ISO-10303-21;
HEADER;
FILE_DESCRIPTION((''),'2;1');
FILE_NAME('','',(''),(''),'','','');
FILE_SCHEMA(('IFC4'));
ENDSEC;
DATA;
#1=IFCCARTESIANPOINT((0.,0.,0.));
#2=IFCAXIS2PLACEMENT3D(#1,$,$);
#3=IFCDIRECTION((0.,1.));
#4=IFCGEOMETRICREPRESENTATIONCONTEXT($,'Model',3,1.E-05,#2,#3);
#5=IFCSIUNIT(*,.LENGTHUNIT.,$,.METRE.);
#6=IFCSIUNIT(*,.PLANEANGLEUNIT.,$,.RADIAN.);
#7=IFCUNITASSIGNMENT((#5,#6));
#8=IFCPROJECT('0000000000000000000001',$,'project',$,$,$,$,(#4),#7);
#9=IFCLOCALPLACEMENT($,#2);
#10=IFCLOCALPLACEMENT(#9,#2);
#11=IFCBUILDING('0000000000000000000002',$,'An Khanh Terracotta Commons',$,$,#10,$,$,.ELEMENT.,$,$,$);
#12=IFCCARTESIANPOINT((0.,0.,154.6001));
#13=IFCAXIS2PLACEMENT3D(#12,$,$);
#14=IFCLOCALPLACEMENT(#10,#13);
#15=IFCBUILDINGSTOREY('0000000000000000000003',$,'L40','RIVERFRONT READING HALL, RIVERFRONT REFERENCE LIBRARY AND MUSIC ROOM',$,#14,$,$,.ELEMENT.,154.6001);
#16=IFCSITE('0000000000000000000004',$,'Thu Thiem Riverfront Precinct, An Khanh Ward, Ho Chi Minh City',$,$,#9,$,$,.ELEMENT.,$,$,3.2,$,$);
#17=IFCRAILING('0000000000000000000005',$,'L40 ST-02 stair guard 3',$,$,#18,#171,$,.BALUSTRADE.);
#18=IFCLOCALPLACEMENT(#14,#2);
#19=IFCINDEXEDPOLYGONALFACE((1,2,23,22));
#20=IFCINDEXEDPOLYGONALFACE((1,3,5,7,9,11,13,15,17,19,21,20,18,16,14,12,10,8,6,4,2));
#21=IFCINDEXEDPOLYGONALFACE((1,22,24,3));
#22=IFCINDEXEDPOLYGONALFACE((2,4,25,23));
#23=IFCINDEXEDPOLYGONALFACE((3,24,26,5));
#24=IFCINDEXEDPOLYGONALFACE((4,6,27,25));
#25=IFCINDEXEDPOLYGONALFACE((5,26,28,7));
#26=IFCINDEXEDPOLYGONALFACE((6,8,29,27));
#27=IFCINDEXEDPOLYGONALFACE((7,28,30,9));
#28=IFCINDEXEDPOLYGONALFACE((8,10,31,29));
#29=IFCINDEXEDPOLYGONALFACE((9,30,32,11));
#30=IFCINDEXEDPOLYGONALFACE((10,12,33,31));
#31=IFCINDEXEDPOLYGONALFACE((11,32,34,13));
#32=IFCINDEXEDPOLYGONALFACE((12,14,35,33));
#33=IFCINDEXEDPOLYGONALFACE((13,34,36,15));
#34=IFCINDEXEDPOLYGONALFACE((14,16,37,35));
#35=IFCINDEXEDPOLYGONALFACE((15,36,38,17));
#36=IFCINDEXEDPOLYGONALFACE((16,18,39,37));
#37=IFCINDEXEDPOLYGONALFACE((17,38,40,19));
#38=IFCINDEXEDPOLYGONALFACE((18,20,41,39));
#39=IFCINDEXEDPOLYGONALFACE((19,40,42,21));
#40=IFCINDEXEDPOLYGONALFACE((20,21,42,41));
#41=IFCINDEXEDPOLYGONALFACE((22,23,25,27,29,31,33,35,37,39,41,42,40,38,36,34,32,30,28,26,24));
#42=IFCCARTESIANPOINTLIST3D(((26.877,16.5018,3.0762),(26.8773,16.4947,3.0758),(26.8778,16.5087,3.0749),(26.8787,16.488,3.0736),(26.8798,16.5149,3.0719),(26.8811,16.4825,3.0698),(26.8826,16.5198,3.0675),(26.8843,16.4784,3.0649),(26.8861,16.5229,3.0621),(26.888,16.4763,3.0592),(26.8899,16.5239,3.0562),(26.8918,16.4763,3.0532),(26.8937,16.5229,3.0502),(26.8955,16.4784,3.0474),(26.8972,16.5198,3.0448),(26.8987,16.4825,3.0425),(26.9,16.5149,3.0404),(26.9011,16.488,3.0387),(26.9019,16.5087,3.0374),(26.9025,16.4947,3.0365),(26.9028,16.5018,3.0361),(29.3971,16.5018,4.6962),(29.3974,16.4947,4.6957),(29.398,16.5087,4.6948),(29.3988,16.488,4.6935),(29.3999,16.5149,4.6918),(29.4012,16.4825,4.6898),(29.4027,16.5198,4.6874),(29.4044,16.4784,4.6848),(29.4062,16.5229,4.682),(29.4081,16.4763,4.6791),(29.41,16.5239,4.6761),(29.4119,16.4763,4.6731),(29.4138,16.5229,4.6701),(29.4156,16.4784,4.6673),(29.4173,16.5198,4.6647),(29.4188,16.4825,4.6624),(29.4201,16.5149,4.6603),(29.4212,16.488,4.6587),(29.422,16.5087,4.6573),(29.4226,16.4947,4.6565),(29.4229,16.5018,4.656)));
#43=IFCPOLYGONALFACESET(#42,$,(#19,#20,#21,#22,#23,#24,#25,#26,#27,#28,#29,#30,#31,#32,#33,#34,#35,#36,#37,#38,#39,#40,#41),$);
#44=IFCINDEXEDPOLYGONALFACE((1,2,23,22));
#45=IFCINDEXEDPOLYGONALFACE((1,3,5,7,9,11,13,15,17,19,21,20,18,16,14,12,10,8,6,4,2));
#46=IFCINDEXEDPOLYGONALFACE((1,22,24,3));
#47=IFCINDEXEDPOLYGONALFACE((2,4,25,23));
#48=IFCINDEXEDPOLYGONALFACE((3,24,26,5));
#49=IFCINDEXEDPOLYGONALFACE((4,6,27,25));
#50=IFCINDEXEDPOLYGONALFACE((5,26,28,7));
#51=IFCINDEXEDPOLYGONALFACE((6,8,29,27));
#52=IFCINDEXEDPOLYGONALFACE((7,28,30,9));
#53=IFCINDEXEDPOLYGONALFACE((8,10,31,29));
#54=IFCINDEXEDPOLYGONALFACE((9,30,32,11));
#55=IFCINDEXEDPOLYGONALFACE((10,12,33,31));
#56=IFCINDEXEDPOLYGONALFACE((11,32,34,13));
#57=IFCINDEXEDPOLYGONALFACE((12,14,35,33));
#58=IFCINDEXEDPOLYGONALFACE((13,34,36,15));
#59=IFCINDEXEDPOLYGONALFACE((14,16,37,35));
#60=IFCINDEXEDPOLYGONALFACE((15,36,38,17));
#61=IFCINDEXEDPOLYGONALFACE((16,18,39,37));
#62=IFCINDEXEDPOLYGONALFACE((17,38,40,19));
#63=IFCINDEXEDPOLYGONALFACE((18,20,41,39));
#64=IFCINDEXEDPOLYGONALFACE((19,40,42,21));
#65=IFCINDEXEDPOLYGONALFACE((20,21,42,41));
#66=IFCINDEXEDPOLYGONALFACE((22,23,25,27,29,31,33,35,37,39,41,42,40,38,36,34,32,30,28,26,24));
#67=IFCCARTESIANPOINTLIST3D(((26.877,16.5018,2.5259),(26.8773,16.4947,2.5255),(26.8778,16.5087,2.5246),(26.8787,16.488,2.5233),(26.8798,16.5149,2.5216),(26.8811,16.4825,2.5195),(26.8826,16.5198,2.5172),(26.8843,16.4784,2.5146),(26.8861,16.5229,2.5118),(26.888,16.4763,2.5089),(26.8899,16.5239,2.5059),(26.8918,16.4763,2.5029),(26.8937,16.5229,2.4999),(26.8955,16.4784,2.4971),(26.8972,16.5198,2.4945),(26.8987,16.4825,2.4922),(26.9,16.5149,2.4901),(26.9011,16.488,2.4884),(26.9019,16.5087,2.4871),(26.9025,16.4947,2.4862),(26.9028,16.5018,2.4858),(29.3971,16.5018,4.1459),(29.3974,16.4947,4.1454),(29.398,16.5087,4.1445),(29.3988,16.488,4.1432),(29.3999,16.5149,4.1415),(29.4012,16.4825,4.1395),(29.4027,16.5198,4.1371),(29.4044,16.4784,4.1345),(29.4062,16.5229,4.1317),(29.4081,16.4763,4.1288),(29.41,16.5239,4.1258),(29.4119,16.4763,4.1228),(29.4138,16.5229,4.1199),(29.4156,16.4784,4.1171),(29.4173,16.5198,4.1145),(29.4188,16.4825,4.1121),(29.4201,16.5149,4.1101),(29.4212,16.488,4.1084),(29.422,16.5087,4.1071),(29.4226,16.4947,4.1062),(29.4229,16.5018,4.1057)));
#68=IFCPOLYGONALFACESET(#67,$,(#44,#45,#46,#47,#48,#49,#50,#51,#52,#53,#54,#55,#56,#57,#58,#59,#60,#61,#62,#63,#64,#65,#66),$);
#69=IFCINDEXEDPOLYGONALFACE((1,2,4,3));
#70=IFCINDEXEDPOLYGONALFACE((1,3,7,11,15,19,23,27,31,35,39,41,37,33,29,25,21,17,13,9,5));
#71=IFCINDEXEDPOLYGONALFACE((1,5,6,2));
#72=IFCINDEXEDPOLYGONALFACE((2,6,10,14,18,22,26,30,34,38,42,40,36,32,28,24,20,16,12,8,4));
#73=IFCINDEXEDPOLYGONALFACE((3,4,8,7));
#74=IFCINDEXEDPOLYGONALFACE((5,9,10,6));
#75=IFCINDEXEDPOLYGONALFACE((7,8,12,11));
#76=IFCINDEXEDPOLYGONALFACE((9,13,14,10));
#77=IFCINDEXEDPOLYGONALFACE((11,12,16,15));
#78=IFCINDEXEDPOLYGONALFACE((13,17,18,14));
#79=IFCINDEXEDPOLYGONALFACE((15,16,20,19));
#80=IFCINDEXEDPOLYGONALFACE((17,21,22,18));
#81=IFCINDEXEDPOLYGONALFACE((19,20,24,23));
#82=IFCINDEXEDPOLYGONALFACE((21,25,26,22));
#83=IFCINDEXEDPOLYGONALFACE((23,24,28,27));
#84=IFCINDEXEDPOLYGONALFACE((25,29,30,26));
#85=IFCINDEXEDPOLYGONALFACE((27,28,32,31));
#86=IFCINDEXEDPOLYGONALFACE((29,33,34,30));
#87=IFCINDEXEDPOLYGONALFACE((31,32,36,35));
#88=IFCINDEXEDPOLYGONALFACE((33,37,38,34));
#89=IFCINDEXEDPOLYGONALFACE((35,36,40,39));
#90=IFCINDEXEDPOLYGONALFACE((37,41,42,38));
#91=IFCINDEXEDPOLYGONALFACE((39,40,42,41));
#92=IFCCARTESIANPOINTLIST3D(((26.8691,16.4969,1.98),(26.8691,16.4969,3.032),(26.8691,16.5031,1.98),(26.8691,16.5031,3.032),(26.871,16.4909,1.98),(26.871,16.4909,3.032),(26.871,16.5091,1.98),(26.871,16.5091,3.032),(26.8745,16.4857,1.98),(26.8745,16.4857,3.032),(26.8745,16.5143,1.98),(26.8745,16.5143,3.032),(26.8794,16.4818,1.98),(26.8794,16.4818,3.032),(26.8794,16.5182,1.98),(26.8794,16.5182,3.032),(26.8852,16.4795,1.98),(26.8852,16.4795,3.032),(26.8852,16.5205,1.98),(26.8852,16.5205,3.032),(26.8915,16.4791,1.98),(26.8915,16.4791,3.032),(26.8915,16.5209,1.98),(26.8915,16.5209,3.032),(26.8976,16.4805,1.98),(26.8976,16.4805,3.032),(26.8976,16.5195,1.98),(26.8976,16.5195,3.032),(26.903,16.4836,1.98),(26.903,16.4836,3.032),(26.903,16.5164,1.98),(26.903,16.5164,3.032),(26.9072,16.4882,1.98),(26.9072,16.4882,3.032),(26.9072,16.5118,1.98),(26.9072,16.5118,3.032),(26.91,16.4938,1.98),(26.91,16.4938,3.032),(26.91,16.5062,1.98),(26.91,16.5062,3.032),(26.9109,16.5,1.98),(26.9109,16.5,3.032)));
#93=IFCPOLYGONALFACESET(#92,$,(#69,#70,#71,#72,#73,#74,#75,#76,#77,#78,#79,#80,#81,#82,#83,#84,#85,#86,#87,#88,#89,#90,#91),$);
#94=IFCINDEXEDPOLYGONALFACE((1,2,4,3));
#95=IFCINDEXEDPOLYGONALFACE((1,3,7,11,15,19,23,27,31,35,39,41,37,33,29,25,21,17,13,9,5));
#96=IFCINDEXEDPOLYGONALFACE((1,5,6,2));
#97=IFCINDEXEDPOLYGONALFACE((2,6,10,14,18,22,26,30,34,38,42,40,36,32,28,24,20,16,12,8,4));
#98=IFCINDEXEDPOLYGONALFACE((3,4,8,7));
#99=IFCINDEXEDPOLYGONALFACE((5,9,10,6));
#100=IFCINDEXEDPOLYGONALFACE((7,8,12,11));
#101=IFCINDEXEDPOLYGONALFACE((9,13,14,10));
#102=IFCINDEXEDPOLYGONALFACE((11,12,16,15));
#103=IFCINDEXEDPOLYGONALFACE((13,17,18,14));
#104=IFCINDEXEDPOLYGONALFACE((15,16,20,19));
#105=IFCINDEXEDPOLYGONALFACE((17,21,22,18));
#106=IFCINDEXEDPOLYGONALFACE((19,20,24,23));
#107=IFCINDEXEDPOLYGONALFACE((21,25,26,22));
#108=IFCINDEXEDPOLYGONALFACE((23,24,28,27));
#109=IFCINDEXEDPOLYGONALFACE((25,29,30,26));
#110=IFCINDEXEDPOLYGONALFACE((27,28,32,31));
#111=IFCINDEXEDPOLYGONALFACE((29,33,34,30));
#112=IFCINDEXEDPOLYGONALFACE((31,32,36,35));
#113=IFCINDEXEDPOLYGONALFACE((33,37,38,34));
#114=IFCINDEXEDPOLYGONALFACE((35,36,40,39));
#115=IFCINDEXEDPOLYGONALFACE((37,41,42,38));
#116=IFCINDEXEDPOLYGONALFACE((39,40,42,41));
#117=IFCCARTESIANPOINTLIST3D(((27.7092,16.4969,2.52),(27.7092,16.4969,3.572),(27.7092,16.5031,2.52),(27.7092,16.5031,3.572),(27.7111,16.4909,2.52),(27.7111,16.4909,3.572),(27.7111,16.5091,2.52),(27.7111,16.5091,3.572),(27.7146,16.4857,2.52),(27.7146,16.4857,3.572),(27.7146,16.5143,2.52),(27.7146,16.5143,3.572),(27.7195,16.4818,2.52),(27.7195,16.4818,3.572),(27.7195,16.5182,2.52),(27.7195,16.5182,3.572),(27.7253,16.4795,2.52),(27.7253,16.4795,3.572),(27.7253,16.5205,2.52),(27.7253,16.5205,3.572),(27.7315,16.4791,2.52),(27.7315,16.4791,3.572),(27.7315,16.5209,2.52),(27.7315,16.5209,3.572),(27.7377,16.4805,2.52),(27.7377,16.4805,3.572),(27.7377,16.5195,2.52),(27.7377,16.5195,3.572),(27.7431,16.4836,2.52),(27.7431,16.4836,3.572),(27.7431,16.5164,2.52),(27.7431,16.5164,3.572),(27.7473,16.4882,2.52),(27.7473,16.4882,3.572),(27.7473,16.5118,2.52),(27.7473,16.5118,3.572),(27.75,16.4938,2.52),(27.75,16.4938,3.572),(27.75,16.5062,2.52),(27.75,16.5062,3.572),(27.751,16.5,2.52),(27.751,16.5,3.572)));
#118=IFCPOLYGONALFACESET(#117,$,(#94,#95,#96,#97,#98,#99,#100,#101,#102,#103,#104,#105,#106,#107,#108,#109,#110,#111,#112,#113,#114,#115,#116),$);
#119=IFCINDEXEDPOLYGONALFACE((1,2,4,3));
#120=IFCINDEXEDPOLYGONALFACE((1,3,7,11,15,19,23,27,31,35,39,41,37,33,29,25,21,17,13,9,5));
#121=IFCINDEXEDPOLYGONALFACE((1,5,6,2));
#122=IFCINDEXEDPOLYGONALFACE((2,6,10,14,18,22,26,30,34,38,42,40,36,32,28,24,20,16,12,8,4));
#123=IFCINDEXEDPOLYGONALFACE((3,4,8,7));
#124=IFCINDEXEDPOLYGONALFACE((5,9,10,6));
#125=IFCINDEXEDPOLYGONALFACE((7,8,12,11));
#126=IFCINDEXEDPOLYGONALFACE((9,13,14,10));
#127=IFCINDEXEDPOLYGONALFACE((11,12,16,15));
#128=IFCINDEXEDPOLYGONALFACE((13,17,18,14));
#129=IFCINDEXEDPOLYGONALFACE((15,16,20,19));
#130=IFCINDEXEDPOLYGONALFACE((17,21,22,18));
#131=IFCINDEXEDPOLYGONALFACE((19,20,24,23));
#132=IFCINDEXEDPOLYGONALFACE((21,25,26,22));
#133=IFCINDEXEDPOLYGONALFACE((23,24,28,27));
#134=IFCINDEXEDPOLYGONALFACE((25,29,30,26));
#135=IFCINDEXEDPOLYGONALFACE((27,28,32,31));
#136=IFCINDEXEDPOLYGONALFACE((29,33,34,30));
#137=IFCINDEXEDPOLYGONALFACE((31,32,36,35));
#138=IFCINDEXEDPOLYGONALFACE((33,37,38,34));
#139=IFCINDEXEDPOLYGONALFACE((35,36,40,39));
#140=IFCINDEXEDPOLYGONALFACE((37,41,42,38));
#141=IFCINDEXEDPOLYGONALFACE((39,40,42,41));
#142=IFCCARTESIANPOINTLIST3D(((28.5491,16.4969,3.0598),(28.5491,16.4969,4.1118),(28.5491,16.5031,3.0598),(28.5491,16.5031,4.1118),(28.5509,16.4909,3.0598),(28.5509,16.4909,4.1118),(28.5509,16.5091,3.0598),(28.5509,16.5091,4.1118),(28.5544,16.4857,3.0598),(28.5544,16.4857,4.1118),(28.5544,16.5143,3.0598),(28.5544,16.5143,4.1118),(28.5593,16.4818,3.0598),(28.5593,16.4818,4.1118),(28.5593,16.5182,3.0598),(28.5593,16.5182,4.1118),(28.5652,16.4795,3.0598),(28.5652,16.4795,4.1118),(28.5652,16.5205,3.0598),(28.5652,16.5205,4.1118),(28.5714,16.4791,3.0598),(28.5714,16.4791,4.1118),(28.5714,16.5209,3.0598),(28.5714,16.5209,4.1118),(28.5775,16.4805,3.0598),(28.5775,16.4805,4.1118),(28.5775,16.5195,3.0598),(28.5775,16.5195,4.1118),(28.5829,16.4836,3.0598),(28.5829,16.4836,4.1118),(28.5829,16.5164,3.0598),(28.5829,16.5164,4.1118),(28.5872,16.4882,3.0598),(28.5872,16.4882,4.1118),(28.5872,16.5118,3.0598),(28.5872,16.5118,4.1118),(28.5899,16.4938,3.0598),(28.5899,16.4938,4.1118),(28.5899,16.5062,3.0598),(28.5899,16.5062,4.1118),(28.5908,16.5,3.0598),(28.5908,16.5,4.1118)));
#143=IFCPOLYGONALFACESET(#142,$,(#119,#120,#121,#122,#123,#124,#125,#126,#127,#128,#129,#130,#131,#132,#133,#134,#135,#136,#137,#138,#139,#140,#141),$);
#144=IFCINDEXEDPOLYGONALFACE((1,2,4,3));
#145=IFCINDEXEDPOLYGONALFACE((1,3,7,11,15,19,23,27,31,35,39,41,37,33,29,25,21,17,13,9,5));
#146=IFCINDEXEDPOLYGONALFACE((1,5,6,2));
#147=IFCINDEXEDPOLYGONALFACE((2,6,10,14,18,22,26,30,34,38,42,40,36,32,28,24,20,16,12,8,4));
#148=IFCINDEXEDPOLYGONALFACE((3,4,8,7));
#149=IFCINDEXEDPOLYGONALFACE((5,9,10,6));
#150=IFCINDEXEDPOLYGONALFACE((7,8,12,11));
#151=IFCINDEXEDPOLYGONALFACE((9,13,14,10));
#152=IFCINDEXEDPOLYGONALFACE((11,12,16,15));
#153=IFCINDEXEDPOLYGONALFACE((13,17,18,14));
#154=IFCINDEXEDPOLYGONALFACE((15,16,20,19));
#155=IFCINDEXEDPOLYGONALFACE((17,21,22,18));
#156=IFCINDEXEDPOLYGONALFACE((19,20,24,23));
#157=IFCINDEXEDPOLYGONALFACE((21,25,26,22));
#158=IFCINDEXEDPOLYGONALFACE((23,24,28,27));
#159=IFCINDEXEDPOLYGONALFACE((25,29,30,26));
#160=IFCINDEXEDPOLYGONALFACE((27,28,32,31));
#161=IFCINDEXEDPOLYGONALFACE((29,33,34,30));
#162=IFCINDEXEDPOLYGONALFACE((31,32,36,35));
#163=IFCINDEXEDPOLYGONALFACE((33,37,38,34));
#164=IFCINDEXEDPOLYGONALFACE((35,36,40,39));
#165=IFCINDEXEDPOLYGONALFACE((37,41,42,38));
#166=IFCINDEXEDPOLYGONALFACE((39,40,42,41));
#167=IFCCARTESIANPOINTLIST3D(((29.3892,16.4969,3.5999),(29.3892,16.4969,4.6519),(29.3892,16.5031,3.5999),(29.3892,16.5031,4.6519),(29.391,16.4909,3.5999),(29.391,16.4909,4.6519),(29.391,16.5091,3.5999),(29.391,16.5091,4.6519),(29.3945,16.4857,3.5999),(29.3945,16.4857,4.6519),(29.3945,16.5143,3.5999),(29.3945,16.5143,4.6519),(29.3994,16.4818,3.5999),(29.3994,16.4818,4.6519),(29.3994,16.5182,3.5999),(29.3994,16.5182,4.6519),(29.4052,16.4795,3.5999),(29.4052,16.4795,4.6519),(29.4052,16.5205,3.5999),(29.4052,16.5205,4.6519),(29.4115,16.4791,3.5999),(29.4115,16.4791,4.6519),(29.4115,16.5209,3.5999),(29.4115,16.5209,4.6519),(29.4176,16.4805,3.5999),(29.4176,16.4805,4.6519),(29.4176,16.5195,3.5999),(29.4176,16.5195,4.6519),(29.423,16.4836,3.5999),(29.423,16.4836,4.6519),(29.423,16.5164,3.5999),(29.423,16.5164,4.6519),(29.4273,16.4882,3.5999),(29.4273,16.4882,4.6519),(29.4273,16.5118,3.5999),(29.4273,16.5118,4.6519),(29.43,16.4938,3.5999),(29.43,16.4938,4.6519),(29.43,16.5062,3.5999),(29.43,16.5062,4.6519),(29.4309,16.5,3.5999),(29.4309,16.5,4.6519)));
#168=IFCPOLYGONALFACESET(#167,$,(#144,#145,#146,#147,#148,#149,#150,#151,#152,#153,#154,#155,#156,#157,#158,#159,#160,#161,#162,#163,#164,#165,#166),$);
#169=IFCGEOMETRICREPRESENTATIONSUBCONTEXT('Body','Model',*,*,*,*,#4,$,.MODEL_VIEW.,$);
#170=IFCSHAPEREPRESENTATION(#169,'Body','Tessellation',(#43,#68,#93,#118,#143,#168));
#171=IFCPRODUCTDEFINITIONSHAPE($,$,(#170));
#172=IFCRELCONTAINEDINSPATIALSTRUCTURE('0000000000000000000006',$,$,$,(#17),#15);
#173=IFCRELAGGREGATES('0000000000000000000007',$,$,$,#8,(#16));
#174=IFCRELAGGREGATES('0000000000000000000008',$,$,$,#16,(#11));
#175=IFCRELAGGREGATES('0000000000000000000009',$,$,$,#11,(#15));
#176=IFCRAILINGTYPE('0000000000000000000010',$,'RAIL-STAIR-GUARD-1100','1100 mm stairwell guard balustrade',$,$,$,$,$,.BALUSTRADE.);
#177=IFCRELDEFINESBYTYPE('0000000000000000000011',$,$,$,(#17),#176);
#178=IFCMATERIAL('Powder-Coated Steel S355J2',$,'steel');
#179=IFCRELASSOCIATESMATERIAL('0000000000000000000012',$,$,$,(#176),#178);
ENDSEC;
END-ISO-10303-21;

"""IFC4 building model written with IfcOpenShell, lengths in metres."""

from ifc_helpers import new_model, si_unit, direction, frame, origin, origin_2d, place, context, subcontext, project, spatial, circle, extrude, material, type_object, element, save


model = new_model("IFC4")

# Units and contexts
model_context = context("Model", 3, precision=1e-05, world=origin(), true_north=direction((0.0, 1.0)))
body_context = subcontext(model_context, "Body", "Model", "MODEL_VIEW")
ifc_project = project(units=[si_unit("LENGTHUNIT", "METRE"), si_unit("PLANEANGLEUNIT", "RADIAN")], contexts=[model_context])

# Site, building, storey
site_placement = place(None, origin())
site = spatial("IfcSite", under=ifc_project, at=site_placement, Name="Thu Thiem Riverfront Precinct, An Khanh Ward, Ho Chi Minh City", CompositionType="ELEMENT", RefElevation=3.2)
building_placement = place(site_placement, origin())
building = spatial("IfcBuilding", under=site, at=building_placement, Name="An Khanh Terracotta Commons", CompositionType="ELEMENT")
storey_placement = place(building_placement, frame((0.0, 0.0, 154.6001)))
storey = spatial("IfcBuildingStorey", under=building, at=storey_placement, Name="L40", Description="RIVERFRONT READING HALL, RIVERFRONT REFERENCE LIBRARY AND MUSIC ROOM", CompositionType="ELEMENT", Elevation=154.6001)

# Railing
ifc_material_1 = material(Name="Powder-Coated Steel S355J2", Category="steel")
railing_type_1 = type_object("IfcRailingType", Name="RAIL-STAIR-GUARD-1100", Description="1100 mm stairwell guard balustrade", PredefinedType="BALUSTRADE", material=ifc_material_1)
railing_1_placement = place(storey_placement, frame((26.8899, 16.5, 1.98)))
element("IfcRailing", 1, at=railing_1_placement, inside=storey, type_object=railing_type_1, Name="L40 ST-02 stair guard 3", PredefinedType="BALUSTRADE", context=body_context, shape_type="SweptSolid", body=[
    extrude(circle(Radius=0.0239, at=origin_2d()), frame((0.0, 0.0, 1.0762), z_axis=(0.8412, 0.0, 0.540725), x_axis=(0.0, 1.0, 0.0)), (0.0, 0.0, 1.0), 2.9958),
    extrude(circle(Radius=0.0239, at=origin_2d()), frame((0.0, 0.0, 0.5259), z_axis=(0.8412, 0.0, 0.540725), x_axis=(0.0, 1.0, 0.0)), (0.0, 0.0, 1.0), 2.9958),
    extrude(circle(Radius=0.021, at=origin_2d()), origin(), (0.0, 0.0, 1.0), 1.052),
    extrude(circle(Radius=0.021, at=origin_2d()), frame((0.8401, 0.0, 0.54)), (0.0, 0.0, 1.0), 1.052),
    extrude(circle(Radius=0.021, at=origin_2d()), frame((1.6799, 0.0, 1.0798)), (0.0, 0.0, 1.0), 1.052),
    extrude(circle(Radius=0.021, at=origin_2d()), frame((2.52, 0.0, 1.6199)), (0.0, 0.0, 1.0), 1.052),
])

save(model, "model.ifc")
